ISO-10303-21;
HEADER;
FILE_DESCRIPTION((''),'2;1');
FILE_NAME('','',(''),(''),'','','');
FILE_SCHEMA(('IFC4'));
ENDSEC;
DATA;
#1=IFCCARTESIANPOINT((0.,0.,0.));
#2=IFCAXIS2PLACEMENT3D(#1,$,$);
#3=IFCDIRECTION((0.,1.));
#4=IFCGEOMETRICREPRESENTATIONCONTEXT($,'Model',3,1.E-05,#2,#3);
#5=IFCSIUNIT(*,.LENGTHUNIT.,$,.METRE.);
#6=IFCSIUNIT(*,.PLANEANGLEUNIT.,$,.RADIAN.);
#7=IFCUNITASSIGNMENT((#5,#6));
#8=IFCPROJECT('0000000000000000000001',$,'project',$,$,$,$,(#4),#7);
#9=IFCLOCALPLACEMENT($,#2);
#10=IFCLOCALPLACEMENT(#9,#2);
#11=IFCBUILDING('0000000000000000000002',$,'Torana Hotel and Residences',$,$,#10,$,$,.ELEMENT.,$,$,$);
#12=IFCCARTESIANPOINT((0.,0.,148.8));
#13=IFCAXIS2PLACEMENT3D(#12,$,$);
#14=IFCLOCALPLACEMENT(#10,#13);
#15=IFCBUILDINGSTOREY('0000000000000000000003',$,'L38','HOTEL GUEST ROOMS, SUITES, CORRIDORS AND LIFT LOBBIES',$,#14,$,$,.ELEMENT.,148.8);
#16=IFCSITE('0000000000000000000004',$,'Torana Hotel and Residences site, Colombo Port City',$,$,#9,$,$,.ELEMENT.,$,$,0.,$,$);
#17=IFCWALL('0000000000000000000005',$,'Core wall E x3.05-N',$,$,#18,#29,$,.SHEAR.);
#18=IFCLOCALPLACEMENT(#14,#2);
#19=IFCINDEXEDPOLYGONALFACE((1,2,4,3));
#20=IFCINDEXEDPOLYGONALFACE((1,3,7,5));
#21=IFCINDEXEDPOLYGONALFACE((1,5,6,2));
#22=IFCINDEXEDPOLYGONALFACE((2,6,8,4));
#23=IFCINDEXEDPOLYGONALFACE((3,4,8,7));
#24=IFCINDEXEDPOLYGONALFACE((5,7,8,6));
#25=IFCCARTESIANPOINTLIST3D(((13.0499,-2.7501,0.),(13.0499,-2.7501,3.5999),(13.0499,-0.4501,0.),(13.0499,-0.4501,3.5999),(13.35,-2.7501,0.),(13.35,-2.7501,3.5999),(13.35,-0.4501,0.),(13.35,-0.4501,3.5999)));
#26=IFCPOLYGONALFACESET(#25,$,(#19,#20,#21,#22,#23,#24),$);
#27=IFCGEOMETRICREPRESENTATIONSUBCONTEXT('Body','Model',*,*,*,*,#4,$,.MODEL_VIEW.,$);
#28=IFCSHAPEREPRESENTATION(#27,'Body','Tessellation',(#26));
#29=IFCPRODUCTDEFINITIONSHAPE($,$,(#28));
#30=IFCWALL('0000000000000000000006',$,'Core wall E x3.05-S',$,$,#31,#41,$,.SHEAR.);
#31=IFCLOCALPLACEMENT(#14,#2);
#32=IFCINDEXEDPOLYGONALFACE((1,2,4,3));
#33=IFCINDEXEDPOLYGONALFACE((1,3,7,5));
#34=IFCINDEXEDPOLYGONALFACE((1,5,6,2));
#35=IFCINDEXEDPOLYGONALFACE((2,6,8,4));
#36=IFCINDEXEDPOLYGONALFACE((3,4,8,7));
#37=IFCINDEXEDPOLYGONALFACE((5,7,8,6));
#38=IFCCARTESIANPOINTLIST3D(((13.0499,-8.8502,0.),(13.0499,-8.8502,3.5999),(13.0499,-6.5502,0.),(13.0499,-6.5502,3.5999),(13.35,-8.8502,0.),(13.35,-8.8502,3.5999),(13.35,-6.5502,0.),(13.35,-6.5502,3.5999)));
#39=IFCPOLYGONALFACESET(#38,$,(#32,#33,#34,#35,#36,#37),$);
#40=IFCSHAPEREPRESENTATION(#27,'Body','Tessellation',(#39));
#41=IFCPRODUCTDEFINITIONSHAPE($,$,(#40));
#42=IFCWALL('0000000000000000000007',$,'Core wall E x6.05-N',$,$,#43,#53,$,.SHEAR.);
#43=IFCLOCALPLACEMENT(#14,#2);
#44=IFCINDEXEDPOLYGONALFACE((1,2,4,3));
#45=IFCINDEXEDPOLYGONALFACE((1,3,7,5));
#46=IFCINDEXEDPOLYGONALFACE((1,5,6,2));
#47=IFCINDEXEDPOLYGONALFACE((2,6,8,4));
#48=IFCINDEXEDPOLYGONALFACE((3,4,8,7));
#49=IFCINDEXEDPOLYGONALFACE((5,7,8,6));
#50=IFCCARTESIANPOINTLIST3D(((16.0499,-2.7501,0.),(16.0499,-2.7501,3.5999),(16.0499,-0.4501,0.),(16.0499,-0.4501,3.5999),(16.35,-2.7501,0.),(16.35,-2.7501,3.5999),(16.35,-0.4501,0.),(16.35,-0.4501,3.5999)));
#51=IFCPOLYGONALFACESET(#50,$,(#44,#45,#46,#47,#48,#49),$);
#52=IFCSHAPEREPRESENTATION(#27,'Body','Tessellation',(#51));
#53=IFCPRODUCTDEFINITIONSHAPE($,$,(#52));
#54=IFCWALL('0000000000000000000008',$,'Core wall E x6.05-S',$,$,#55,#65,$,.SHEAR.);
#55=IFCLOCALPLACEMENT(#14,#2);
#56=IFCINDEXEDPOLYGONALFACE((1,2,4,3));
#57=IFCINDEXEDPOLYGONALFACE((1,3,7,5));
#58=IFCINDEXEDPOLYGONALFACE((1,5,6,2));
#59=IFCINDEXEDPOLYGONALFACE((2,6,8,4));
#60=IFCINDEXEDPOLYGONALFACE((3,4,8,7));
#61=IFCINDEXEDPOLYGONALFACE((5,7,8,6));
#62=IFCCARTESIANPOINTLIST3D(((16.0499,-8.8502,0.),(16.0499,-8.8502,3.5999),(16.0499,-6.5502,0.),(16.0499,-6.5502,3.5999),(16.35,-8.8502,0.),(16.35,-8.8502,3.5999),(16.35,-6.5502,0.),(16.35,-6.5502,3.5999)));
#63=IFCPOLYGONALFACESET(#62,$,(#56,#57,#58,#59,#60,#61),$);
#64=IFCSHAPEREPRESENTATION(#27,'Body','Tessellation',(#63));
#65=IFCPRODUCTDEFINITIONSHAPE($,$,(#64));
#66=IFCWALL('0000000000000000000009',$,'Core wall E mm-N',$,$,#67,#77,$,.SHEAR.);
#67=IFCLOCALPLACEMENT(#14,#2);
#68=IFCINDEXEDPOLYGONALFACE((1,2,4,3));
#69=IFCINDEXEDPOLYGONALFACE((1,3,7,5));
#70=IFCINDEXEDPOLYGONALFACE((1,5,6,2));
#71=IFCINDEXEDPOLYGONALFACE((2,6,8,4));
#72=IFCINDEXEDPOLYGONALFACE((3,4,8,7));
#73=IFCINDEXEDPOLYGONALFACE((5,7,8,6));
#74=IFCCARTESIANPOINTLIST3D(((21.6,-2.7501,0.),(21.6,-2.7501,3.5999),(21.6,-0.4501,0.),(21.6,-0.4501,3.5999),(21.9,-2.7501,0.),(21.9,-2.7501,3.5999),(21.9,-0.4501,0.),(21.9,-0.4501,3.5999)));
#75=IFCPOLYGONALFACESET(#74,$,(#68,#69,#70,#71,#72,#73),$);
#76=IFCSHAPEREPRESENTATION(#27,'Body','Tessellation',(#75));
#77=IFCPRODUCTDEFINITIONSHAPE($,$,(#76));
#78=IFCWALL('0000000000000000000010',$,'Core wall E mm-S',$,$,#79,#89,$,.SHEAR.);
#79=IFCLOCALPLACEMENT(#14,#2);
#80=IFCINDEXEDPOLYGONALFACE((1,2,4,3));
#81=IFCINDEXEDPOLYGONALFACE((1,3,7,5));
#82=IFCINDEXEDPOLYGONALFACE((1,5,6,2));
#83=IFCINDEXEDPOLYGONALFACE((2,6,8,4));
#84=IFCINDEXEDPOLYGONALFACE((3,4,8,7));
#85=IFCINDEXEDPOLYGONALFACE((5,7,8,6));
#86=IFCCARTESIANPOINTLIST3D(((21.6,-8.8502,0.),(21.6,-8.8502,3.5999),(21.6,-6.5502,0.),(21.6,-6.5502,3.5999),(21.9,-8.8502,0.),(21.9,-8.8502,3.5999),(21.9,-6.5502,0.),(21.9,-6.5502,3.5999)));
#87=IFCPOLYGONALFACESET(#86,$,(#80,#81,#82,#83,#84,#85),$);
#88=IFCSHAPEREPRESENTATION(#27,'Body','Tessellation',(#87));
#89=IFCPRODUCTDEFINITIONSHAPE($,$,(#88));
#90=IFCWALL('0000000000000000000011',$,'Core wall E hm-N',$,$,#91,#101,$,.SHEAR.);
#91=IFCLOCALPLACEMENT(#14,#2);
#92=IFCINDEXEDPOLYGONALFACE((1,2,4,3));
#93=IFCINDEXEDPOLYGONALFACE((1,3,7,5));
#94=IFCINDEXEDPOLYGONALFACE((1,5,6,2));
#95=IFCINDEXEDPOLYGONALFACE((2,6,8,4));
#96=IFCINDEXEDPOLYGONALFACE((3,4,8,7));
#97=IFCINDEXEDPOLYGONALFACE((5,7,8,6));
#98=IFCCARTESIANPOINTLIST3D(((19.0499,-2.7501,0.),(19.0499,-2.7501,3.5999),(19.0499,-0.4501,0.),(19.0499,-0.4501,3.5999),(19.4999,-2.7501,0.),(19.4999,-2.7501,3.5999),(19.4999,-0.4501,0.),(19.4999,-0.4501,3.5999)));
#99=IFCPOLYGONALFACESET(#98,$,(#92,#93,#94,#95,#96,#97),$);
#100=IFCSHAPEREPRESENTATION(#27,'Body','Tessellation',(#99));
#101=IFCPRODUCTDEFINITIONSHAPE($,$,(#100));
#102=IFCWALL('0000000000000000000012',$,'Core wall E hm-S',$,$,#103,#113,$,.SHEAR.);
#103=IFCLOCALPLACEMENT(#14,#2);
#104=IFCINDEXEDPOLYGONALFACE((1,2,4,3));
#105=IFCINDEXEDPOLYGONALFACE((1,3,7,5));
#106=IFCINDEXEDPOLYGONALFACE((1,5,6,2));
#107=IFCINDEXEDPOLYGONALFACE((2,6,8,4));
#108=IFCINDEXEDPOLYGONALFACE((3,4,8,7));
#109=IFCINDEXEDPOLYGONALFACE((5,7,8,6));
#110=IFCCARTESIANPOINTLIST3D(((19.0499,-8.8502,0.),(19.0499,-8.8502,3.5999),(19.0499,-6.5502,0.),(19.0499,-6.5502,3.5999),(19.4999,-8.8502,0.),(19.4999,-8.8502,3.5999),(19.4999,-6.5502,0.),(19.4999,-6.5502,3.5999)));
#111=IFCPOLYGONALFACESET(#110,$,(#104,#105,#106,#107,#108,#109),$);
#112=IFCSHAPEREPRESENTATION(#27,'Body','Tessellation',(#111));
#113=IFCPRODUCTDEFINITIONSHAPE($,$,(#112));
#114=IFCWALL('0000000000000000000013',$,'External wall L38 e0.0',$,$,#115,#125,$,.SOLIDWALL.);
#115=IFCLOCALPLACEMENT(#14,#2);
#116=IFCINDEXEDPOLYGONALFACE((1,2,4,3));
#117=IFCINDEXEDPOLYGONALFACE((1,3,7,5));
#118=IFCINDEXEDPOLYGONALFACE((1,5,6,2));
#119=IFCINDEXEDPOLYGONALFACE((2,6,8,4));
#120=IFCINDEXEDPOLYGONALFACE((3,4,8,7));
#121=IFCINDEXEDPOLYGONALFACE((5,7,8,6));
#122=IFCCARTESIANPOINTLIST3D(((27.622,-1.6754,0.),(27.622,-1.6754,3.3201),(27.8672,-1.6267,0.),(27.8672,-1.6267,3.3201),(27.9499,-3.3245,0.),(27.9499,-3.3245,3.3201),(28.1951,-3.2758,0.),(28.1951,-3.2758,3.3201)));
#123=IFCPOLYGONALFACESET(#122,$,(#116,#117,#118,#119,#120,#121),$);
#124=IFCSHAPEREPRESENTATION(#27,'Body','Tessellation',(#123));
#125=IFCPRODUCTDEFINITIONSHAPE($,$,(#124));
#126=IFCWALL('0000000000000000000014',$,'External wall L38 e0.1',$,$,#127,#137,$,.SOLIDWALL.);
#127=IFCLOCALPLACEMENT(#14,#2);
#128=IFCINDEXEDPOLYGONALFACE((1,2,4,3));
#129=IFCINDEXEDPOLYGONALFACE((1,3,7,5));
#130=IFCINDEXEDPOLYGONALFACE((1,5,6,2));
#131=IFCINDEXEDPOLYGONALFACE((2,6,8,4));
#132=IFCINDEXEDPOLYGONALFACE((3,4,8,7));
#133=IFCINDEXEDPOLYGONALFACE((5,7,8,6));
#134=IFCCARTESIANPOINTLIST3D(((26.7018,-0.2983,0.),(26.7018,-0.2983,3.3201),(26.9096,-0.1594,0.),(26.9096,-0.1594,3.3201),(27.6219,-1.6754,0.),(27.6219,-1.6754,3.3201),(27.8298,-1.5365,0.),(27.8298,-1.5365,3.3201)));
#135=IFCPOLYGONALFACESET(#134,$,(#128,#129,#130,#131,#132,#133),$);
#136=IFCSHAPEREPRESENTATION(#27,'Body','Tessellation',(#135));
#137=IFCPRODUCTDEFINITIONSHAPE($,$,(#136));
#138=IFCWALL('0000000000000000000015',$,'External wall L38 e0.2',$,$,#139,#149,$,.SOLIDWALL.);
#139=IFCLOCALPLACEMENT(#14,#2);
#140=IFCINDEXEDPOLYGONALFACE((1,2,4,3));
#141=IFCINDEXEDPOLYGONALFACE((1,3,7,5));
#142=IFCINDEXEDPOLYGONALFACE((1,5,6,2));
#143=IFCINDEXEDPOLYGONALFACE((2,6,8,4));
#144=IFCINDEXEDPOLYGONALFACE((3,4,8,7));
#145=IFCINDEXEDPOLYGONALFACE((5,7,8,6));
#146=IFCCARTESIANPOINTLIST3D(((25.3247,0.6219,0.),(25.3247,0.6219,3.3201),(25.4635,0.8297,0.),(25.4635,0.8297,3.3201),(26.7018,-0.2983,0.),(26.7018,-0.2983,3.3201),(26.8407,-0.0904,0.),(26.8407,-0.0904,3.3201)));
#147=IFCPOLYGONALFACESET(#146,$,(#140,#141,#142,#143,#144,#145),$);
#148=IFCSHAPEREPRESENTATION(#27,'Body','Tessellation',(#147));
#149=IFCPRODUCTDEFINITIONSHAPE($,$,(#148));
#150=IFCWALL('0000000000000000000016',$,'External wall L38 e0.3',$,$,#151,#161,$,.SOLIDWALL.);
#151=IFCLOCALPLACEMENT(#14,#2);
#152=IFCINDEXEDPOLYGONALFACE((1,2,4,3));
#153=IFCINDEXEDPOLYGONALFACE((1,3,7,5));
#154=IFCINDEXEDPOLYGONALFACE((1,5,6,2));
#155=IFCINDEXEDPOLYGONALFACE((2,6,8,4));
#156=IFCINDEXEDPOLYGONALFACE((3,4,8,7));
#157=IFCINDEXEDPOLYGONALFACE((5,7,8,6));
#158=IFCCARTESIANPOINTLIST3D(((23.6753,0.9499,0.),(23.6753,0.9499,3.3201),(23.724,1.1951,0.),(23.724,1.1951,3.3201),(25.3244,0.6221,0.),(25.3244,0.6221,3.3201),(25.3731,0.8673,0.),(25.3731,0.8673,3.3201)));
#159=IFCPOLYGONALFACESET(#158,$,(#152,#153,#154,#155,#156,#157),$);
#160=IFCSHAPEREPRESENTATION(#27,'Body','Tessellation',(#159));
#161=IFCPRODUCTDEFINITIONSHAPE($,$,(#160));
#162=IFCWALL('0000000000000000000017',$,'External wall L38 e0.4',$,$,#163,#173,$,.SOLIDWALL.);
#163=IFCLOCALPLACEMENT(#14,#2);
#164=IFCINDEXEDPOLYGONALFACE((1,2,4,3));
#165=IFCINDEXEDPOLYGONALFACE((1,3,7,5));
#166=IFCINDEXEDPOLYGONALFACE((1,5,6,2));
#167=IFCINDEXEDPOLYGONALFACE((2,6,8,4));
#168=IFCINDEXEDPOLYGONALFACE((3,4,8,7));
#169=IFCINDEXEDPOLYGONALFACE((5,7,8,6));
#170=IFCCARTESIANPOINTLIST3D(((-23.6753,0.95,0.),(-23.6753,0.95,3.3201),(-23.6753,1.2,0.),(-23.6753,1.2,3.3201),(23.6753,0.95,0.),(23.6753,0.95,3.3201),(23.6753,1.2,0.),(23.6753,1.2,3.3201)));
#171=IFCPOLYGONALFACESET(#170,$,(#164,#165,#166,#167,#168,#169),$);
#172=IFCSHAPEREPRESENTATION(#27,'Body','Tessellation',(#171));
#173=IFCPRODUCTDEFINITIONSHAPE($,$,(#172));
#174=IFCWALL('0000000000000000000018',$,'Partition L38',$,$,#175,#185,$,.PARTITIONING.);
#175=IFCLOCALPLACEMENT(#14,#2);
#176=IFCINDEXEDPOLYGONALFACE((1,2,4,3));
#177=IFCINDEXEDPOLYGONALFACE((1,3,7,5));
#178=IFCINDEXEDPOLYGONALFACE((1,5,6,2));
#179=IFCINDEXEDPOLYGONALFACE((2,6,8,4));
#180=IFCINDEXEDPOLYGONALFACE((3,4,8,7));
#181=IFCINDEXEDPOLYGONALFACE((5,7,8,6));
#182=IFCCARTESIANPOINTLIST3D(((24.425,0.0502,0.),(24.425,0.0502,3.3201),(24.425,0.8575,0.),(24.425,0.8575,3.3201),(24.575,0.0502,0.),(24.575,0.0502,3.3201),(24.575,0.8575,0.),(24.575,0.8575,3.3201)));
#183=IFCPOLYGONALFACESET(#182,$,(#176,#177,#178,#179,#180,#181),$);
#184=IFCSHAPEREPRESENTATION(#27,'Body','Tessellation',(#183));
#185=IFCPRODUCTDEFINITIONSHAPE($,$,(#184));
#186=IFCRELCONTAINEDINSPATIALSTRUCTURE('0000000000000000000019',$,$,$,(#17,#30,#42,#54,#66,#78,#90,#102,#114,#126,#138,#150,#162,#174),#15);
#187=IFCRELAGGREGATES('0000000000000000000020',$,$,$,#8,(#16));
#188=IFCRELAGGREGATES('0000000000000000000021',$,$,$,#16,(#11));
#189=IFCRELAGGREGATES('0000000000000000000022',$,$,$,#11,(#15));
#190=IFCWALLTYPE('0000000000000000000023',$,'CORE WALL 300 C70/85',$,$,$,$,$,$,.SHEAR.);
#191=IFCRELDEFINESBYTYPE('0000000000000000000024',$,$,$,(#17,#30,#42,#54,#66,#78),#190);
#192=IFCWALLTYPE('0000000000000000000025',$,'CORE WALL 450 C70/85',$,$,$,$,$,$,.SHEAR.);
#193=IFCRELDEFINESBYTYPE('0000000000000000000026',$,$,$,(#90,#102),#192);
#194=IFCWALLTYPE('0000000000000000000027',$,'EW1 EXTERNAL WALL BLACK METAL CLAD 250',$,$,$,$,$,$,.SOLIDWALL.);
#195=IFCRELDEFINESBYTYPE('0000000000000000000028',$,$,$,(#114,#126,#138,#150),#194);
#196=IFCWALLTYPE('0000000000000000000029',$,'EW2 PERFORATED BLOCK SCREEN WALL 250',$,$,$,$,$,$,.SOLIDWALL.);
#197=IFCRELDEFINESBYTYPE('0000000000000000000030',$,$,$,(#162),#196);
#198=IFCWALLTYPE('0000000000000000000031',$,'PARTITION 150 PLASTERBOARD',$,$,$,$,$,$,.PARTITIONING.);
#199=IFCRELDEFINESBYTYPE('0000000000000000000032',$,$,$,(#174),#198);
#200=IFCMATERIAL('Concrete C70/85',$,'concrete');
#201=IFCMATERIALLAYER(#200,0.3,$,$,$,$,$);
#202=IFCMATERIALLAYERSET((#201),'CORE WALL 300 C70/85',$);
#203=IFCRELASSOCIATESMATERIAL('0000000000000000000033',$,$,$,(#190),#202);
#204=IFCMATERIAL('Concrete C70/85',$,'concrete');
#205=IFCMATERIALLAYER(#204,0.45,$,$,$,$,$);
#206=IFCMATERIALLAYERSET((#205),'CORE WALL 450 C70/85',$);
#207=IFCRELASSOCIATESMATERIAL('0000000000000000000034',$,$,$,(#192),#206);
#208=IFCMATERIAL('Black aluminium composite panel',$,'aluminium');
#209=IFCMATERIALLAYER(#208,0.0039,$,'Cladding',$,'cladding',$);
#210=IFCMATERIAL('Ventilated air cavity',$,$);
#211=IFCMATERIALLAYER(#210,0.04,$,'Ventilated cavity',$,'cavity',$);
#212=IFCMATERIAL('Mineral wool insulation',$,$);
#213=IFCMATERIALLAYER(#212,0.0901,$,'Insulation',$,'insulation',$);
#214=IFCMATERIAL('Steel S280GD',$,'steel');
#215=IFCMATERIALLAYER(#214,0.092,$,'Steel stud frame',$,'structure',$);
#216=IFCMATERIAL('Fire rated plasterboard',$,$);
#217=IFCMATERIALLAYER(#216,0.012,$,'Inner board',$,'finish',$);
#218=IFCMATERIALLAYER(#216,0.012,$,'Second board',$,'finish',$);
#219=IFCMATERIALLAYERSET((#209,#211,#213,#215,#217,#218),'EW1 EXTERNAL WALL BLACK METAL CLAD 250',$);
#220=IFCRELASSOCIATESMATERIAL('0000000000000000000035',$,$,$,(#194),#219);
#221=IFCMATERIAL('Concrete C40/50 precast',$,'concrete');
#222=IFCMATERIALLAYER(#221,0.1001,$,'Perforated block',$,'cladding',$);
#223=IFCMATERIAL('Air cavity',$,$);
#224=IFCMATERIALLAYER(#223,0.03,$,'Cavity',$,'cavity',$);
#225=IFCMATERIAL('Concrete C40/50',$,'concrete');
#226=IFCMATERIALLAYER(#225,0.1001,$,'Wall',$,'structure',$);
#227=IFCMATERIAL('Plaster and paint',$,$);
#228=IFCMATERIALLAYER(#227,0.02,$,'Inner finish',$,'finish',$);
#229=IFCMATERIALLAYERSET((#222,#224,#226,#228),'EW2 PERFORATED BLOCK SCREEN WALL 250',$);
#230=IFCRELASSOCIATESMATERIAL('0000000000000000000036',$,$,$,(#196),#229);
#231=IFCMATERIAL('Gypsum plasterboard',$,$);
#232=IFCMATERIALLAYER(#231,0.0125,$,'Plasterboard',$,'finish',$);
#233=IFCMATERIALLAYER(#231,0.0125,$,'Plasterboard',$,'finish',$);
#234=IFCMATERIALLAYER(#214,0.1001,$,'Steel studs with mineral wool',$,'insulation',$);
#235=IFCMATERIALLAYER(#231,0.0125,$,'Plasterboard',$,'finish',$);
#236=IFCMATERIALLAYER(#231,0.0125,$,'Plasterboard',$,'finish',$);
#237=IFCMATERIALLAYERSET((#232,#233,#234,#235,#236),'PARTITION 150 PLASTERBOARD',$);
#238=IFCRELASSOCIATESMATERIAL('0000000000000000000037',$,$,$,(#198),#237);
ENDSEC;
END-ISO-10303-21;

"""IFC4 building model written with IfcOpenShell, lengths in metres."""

from ifc_helpers import new_model, si_unit, direction, frame, frame_2d, origin, place, context, subcontext, project, spatial, rectangle, extrude, material, layer, layer_set, type_object, element, save


model = new_model("IFC4")

# Units and contexts
model_context = context("Model", 3, precision=1e-05, world=origin(), true_north=direction((0.0, 1.0)))
body_context = subcontext(model_context, "Body", "Model", "MODEL_VIEW")
ifc_project = project(units=[si_unit("LENGTHUNIT", "METRE"), si_unit("PLANEANGLEUNIT", "RADIAN")], contexts=[model_context])

# Site, building, storey
site_placement = place(None, origin())
site = spatial("IfcSite", under=ifc_project, at=site_placement, Name="Torana Hotel and Residences site, Colombo Port City", CompositionType="ELEMENT", RefElevation=0.0)
building_placement = place(site_placement, origin())
building = spatial("IfcBuilding", under=site, at=building_placement, Name="Torana Hotel and Residences", CompositionType="ELEMENT")
storey_placement = place(building_placement, frame((0.0, 0.0, 148.8)))
storey = spatial("IfcBuildingStorey", under=building, at=storey_placement, Name="L38", Description="HOTEL GUEST ROOMS, SUITES, CORRIDORS AND LIFT LOBBIES", CompositionType="ELEMENT", Elevation=148.8)

# Walls
ifc_material_1 = material(Name="Concrete C70/85", Category="concrete")
ifc_layer_1 = layer(ifc_material_1, 0.3)
ifc_layer_set_1 = layer_set([ifc_layer_1], Name="CORE WALL 300 C70/85")
wall_type_1 = type_object("IfcWallType", Name="CORE WALL 300 C70/85", PredefinedType="SHEAR", material=ifc_layer_set_1)
for number, where, z_axis, x_axis, name in (
    (1, (13.2, -2.75, 0.0), (0.0, 0.0, 1.0), (0.0, 1.0, 0.0), "Core wall E x3.05-N"),
    (2, (13.2, -8.8501, 0.0), (0.0, 0.0, 1.0), (0.0, 1.0, 0.0), "Core wall E x3.05-S"),
    (3, (16.2, -2.75, 0.0), (0.0, 0.0, 1.0), (0.0, 1.0, 0.0), "Core wall E x6.05-N"),
    (4, (16.2, -8.8501, 0.0), (0.0, 0.0, 1.0), (0.0, 1.0, 0.0), "Core wall E x6.05-S"),
    (5, (21.75, -2.75, 0.0), (0.0, 0.0, 1.0), (0.0, 1.0, 0.0), "Core wall E mm-N"),
    (6, (21.75, -8.8501, 0.0), (0.0, 0.0, 1.0), (0.0, 1.0, 0.0), "Core wall E mm-S"),
):
    element("IfcWall", number, at=place(storey_placement, frame(where, z_axis=z_axis, x_axis=x_axis)), inside=storey, type_object=wall_type_1, Name=name, PredefinedType="SHEAR", context=body_context, shape_type="SweptSolid", body=[
        extrude(rectangle(XDim=2.3, YDim=0.3, at=frame_2d((1.1499, 0.0))), origin(), (0.0, 0.0, 1.0), 3.5999),
    ])
ifc_material_2 = material(Name="Concrete C70/85", Category="concrete")
ifc_layer_2 = layer(ifc_material_2, 0.45)
ifc_layer_set_2 = layer_set([ifc_layer_2], Name="CORE WALL 450 C70/85")
wall_type_2 = type_object("IfcWallType", Name="CORE WALL 450 C70/85", PredefinedType="SHEAR", material=ifc_layer_set_2)
for number, where, z_axis, x_axis, name in (
    (7, (19.2749, -2.75, 0.0), (0.0, 0.0, 1.0), (0.0, 1.0, 0.0), "Core wall E hm-N"),
    (8, (19.2749, -8.8501, 0.0), (0.0, 0.0, 1.0), (0.0, 1.0, 0.0), "Core wall E hm-S"),
):
    element("IfcWall", number, at=place(storey_placement, frame(where, z_axis=z_axis, x_axis=x_axis)), inside=storey, type_object=wall_type_2, Name=name, PredefinedType="SHEAR", context=body_context, shape_type="SweptSolid", body=[
        extrude(rectangle(XDim=2.3, YDim=0.45, at=frame_2d((1.1499, 0.0))), origin(), (0.0, 0.0, 1.0), 3.5999),
    ])
ifc_material_3 = material(Name="Black aluminium composite panel", Category="aluminium")
ifc_layer_3 = layer(ifc_material_3, 0.0039, Name="Cladding", Category="cladding")
ifc_material_4 = material(Name="Ventilated air cavity")
ifc_layer_4 = layer(ifc_material_4, 0.04, Name="Ventilated cavity", Category="cavity")
ifc_material_5 = material(Name="Mineral wool insulation")
ifc_layer_5 = layer(ifc_material_5, 0.0901, Name="Insulation", Category="insulation")
ifc_material_6 = material(Name="Steel S280GD", Category="steel")
ifc_layer_6 = layer(ifc_material_6, 0.092, Name="Steel stud frame", Category="structure")
ifc_material_7 = material(Name="Fire rated plasterboard")
ifc_layer_7 = layer(ifc_material_7, 0.012, Name="Inner board", Category="finish")
ifc_layer_8 = layer(ifc_material_7, 0.012, Name="Second board", Category="finish")
ifc_layer_set_3 = layer_set([ifc_layer_3, ifc_layer_4, ifc_layer_5, ifc_layer_6, ifc_layer_7, ifc_layer_8], Name="EW1 EXTERNAL WALL BLACK METAL CLAD 250")
wall_type_3 = type_object("IfcWallType", Name="EW1 EXTERNAL WALL BLACK METAL CLAD 250", PredefinedType="SOLIDWALL", material=ifc_layer_set_3)
wall_1_placement = place(storey_placement, frame((28.0725, -3.3003, 0.0), z_axis=(0.0, 0.0, 1.0), x_axis=(-0.194999, 0.980803, 0.0)))
element("IfcWall", 9, at=wall_1_placement, inside=storey, type_object=wall_type_3, Name="External wall L38 e0.0", PredefinedType="SOLIDWALL", context=body_context, shape_type="SweptSolid", body=[
    extrude(rectangle(XDim=1.6814, YDim=0.25, at=frame_2d((0.8408, 0.0))), origin(), (0.0, 0.0, 1.0), 3.3201),
])
for number, where, z_axis, x_axis, name in (
    (10, (27.7258, -1.606, 0.0), (0.0, 0.0, 1.0), (-0.55555, 0.831483, 0.0), "External wall L38 e0.1"),
    (11, (26.7712, -0.1943, 0.0), (0.0, 0.0, 1.0), (-0.831483, 0.55555, 0.0), "External wall L38 e0.2"),
):
    element("IfcWall", number, at=place(storey_placement, frame(where, z_axis=z_axis, x_axis=x_axis)), inside=storey, type_object=wall_type_3, Name=name, PredefinedType="SOLIDWALL", context=body_context, shape_type="SweptSolid", body=[
        extrude(rectangle(XDim=1.6562, YDim=0.25, at=frame_2d((0.8281, 0.0))), origin(), (0.0, 0.0, 1.0), 3.3201),
    ])
wall_2_placement = place(storey_placement, frame((25.3489, 0.7446, 0.0), z_axis=(0.0, 0.0, 1.0), x_axis=(-0.980803, 0.194999, 0.0)))
element("IfcWall", 12, at=wall_2_placement, inside=storey, type_object=wall_type_3, Name="External wall L38 e0.3", PredefinedType="SOLIDWALL", context=body_context, shape_type="SweptSolid", body=[
    extrude(rectangle(XDim=1.6814, YDim=0.25, at=frame_2d((0.8408, 0.0))), origin(), (0.0, 0.0, 1.0), 3.3201),
])
ifc_material_8 = material(Name="Concrete C40/50 precast", Category="concrete")
ifc_layer_9 = layer(ifc_material_8, 0.1001, Name="Perforated block", Category="cladding")
ifc_material_9 = material(Name="Air cavity")
ifc_layer_10 = layer(ifc_material_9, 0.03, Name="Cavity", Category="cavity")
ifc_material_10 = material(Name="Concrete C40/50", Category="concrete")
ifc_layer_11 = layer(ifc_material_10, 0.1001, Name="Wall", Category="structure")
ifc_material_11 = material(Name="Plaster and paint")
ifc_layer_12 = layer(ifc_material_11, 0.02, Name="Inner finish", Category="finish")
ifc_layer_set_4 = layer_set([ifc_layer_9, ifc_layer_10, ifc_layer_11, ifc_layer_12], Name="EW2 PERFORATED BLOCK SCREEN WALL 250")
wall_type_4 = type_object("IfcWallType", Name="EW2 PERFORATED BLOCK SCREEN WALL 250", PredefinedType="SOLIDWALL", material=ifc_layer_set_4)
wall_3_placement = place(storey_placement, frame((23.6753, 1.075, 0.0), z_axis=(0.0, 0.0, 1.0), x_axis=(-1.0, 0.0, 0.0)))
element("IfcWall", 13, at=wall_3_placement, inside=storey, type_object=wall_type_4, Name="External wall L38 e0.4", PredefinedType="SOLIDWALL", context=body_context, shape_type="SweptSolid", body=[
    extrude(rectangle(XDim=47.3506, YDim=0.25, at=frame_2d((23.6753, 0.0))), origin(), (0.0, 0.0, 1.0), 3.3201),
])
ifc_material_12 = material(Name="Gypsum plasterboard")
ifc_layer_13 = layer(ifc_material_12, 0.0125, Name="Plasterboard", Category="finish")
ifc_layer_14 = layer(ifc_material_12, 0.0125, Name="Plasterboard", Category="finish")
ifc_layer_15 = layer(ifc_material_6, 0.1001, Name="Steel studs with mineral wool", Category="insulation")
ifc_layer_16 = layer(ifc_material_12, 0.0125, Name="Plasterboard", Category="finish")
ifc_layer_17 = layer(ifc_material_12, 0.0125, Name="Plasterboard", Category="finish")
ifc_layer_set_5 = layer_set([ifc_layer_13, ifc_layer_14, ifc_layer_15, ifc_layer_16, ifc_layer_17], Name="PARTITION 150 PLASTERBOARD")
wall_type_5 = type_object("IfcWallType", Name="PARTITION 150 PLASTERBOARD", PredefinedType="PARTITIONING", material=ifc_layer_set_5)
wall_4_placement = place(storey_placement, frame((24.5, 0.05, 0.0), z_axis=(0.0, 0.0, 1.0), x_axis=(0.0, 1.0, 0.0)))
element("IfcWall", 14, at=wall_4_placement, inside=storey, type_object=wall_type_5, Name="Partition L38", PredefinedType="PARTITIONING", context=body_context, shape_type="SweptSolid", body=[
    extrude(rectangle(XDim=0.8074, YDim=0.1499, at=frame_2d((0.4038, 0.0))), origin(), (0.0, 0.0, 1.0), 3.3201),
])

save(model, "model.ifc")
